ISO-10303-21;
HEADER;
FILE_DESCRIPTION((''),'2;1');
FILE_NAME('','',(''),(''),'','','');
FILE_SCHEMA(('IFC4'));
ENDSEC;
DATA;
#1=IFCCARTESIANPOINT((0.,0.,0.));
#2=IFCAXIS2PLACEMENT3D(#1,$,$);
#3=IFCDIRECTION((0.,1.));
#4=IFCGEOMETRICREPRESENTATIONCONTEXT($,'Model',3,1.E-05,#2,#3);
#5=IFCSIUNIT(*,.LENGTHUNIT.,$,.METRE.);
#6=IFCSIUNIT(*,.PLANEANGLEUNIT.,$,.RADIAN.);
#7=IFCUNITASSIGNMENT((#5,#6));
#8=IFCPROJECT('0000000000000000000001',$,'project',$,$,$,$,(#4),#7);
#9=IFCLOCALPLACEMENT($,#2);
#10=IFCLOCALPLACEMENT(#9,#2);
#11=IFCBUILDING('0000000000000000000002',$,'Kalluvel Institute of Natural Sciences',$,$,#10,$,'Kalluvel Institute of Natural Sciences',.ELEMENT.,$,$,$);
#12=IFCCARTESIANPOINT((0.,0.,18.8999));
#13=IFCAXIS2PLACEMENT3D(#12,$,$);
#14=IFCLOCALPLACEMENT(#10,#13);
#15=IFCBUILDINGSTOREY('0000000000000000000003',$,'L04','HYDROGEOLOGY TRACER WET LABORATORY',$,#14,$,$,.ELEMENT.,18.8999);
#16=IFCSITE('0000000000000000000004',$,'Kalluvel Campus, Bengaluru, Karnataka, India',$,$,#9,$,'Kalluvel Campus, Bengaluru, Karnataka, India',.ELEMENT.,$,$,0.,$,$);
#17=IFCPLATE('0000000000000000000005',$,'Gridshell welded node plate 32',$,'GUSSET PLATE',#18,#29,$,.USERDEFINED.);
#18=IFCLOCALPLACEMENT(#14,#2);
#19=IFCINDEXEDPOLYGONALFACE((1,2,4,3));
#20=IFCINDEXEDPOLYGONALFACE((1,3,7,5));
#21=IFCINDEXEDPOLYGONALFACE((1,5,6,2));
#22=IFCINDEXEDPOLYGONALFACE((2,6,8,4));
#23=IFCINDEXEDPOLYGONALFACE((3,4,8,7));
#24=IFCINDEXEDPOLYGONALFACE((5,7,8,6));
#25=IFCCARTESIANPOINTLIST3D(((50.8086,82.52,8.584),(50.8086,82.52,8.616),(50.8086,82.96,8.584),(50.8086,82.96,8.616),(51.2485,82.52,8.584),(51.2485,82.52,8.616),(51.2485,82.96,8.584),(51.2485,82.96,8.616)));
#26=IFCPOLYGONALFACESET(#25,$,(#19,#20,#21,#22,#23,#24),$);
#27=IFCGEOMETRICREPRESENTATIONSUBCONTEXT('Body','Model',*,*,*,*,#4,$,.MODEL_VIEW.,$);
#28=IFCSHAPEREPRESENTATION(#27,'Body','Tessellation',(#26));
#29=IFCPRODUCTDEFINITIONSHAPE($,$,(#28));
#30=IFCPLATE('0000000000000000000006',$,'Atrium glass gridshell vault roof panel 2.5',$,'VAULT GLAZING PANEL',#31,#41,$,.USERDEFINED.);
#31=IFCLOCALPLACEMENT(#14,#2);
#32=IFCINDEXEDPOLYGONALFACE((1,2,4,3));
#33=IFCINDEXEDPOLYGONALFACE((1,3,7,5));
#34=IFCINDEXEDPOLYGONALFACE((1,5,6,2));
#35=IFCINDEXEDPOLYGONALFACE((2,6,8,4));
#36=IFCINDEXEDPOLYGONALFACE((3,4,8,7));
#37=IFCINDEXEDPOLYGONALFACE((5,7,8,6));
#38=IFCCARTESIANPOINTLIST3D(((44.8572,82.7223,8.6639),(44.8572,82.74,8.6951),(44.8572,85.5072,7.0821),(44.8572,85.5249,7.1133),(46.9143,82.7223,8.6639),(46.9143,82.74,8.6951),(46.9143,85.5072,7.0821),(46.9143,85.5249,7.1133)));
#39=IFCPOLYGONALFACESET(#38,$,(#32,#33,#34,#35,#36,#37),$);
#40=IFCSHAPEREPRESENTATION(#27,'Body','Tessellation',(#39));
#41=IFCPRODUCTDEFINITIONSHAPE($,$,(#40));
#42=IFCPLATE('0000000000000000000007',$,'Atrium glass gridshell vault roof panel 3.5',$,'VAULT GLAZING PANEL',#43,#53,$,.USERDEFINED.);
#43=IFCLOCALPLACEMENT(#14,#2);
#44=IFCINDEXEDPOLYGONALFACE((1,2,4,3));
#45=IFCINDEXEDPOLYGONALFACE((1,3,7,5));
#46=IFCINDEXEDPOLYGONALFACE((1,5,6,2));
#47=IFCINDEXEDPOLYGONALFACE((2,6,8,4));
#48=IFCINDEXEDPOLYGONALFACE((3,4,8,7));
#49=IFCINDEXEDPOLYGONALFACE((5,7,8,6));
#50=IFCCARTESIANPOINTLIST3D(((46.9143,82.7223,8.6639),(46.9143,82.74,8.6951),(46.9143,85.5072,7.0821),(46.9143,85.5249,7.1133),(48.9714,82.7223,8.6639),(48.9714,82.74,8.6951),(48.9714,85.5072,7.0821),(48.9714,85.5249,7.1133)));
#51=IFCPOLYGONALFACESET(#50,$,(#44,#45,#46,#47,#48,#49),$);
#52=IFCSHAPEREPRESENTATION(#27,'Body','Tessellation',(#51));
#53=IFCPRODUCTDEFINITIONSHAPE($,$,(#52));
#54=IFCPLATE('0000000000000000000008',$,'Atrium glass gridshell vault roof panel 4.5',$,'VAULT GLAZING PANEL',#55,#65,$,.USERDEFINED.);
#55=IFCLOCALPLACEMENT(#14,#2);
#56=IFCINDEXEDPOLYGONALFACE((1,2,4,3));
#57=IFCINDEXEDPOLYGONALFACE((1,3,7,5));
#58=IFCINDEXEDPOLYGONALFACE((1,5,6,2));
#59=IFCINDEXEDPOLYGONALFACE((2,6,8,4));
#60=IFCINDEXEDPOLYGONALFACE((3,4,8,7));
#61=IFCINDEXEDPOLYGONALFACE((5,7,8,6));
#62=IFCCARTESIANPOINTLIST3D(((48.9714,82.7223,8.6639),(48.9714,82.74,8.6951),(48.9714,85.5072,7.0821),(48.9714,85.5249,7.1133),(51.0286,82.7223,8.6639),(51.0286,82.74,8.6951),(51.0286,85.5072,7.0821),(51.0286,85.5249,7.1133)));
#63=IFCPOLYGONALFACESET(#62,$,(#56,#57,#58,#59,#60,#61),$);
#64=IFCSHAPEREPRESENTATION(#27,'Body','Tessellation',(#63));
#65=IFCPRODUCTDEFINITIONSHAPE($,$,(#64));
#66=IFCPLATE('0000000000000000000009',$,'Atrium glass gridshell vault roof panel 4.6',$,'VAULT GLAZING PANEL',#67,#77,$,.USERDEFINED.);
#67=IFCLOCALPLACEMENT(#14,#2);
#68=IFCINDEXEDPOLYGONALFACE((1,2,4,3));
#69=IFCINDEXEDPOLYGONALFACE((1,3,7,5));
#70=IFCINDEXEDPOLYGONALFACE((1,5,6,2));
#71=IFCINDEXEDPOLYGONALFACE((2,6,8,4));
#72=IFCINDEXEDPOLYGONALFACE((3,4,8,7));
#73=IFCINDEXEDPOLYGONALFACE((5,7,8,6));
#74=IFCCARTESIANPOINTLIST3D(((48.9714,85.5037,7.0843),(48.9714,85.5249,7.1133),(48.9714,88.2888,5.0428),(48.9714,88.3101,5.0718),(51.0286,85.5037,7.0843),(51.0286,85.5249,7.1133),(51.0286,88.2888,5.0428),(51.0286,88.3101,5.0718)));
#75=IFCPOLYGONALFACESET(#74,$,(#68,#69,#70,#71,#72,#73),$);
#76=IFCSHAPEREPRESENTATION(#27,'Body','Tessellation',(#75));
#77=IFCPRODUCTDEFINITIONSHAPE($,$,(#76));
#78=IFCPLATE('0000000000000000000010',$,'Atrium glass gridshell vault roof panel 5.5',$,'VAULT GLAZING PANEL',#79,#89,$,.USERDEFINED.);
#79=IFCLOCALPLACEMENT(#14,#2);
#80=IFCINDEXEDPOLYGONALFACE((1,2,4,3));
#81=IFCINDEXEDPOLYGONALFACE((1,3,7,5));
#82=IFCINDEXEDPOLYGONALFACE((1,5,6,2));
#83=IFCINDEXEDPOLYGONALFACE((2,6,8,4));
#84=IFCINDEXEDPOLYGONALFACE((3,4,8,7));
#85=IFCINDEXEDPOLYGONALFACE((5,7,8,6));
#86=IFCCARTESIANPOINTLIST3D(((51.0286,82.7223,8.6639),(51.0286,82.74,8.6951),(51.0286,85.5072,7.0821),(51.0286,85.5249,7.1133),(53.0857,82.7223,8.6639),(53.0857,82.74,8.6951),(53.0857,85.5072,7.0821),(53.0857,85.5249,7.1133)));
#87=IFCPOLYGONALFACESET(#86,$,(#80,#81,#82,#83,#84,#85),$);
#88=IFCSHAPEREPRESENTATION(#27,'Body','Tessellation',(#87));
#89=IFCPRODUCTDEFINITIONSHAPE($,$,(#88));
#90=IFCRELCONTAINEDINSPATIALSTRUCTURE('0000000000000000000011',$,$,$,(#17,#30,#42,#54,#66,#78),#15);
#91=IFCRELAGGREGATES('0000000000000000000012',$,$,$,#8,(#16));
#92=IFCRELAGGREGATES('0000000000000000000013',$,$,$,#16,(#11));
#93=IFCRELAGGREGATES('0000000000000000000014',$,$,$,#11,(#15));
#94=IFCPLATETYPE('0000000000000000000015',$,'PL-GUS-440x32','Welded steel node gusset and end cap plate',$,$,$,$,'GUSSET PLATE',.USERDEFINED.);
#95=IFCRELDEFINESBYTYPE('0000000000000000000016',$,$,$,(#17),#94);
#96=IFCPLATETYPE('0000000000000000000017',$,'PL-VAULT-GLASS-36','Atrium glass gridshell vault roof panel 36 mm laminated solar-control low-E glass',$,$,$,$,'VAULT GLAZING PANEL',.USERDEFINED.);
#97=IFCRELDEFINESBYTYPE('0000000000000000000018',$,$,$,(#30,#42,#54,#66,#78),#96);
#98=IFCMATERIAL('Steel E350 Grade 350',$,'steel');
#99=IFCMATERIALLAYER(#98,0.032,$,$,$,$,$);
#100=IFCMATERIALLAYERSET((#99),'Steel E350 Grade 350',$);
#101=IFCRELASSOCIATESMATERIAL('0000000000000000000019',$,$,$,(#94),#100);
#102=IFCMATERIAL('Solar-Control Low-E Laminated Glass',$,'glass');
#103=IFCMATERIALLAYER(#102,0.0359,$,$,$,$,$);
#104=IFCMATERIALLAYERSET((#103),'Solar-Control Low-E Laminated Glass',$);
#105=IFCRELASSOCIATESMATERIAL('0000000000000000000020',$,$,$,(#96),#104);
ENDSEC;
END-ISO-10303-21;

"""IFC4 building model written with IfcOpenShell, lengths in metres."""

from ifc_helpers import new_model, si_unit, direction, frame, origin, origin_2d, place, context, subcontext, project, spatial, polyline, rectangle, outline, extrude, material, layer, layer_set, type_object, element, save


model = new_model("IFC4")

# Units and contexts
model_context = context("Model", 3, precision=1e-05, world=origin(), true_north=direction((0.0, 1.0)))
body_context = subcontext(model_context, "Body", "Model", "MODEL_VIEW")
ifc_project = project(units=[si_unit("LENGTHUNIT", "METRE"), si_unit("PLANEANGLEUNIT", "RADIAN")], contexts=[model_context])

# Site, building, storey
site_placement = place(None, origin())
site = spatial("IfcSite", under=ifc_project, at=site_placement, Name="Kalluvel Campus, Bengaluru, Karnataka, India", LongName="Kalluvel Campus, Bengaluru, Karnataka, India", CompositionType="ELEMENT", RefElevation=0.0)
building_placement = place(site_placement, origin())
building = spatial("IfcBuilding", under=site, at=building_placement, Name="Kalluvel Institute of Natural Sciences", LongName="Kalluvel Institute of Natural Sciences", CompositionType="ELEMENT")
storey_placement = place(building_placement, frame((0.0, 0.0, 18.8999)))
storey = spatial("IfcBuildingStorey", under=building, at=storey_placement, Name="L04", Description="HYDROGEOLOGY TRACER WET LABORATORY", CompositionType="ELEMENT", Elevation=18.8999)

# Shared definitions
ifc_material_1 = material(Name="Steel E350 Grade 350", Category="steel")

# Plates
ifc_layer_1 = layer(ifc_material_1, 0.032)
ifc_layer_set_1 = layer_set([ifc_layer_1], Name="Steel E350 Grade 350")
plate_type_1 = type_object("IfcPlateType", Name="PL-GUS-440x32", Description="Welded steel node gusset and end cap plate", ElementType="GUSSET PLATE", PredefinedType="USERDEFINED", material=ifc_layer_set_1)
for number, where, z_axis, x_axis, name in (
    (1, (51.0286, 82.74, 8.584), (0.0, 0.0, 1.0), (1.0, 0.0, 0.0), "Gridshell welded node plate 32"),
):
    element("IfcPlate", number, at=place(storey_placement, frame(where, z_axis=z_axis, x_axis=x_axis)), inside=storey, type_object=plate_type_1, Name=name, ObjectType="GUSSET PLATE", PredefinedType="USERDEFINED", context=body_context, shape_type="SweptSolid", body=[
        extrude(rectangle(XDim=0.4399, YDim=0.4399, at=origin_2d()), origin(), (0.0, 0.0, 1.0), 0.032),
    ])
ifc_material_2 = material(Name="Solar-Control Low-E Laminated Glass", Category="glass")
ifc_layer_2 = layer(ifc_material_2, 0.0359)
ifc_layer_set_2 = layer_set([ifc_layer_2], Name="Solar-Control Low-E Laminated Glass")
plate_type_2 = type_object("IfcPlateType", Name="PL-VAULT-GLASS-36", Description="Atrium glass gridshell vault roof panel 36 mm laminated solar-control low-E glass", ElementType="VAULT GLAZING PANEL", PredefinedType="USERDEFINED", material=ifc_layer_set_2)
for number, where, z_axis, x_axis, name in (
    (2, (44.8572, 82.74, 8.6951), (0.0, 0.49388, 0.86953), (1.0, 0.0, 0.0), "Atrium glass gridshell vault roof panel 2.5"),
    (3, (46.9143, 82.74, 8.6951), (0.0, 0.49388, 0.86953), (1.0, 0.0, 0.0), "Atrium glass gridshell vault roof panel 3.5"),
    (4, (48.9714, 82.74, 8.6951), (0.0, 0.49388, 0.86953), (1.0, 0.0, 0.0), "Atrium glass gridshell vault roof panel 4.5"),
):
    element("IfcPlate", number, at=place(storey_placement, frame(where, z_axis=z_axis, x_axis=x_axis)), inside=storey, type_object=plate_type_2, Name=name, ObjectType="VAULT GLAZING PANEL", PredefinedType="USERDEFINED", context=body_context, shape_type="SweptSolid", body=[
        extrude(outline(polyline([(0.0, 0.0), (2.0571, 0.0), (2.0571, 3.2028), (0.0, 3.2028), (0.0, 0.0)])), origin(), (0.0, 0.0, -1.0), 0.0359),
    ])
plate_1_placement = place(storey_placement, frame((48.9714, 85.5249, 7.1133), z_axis=(0.0, 0.591186, 0.806535), x_axis=(1.0, 0.0, 0.0)))
element("IfcPlate", 5, at=plate_1_placement, inside=storey, type_object=plate_type_2, Name="Atrium glass gridshell vault roof panel 4.6", ObjectType="VAULT GLAZING PANEL", PredefinedType="USERDEFINED", context=body_context, shape_type="SweptSolid", body=[
    extrude(outline(polyline([(0.0, 0.0), (2.0571, 0.0), (2.0571, 3.4532), (0.0, 3.4532), (0.0, 0.0)])), origin(), (0.0, 0.0, -1.0), 0.0359),
])
plate_2_placement = place(storey_placement, frame((51.0286, 82.74, 8.6951), z_axis=(0.0, 0.49388, 0.86953), x_axis=(1.0, 0.0, 0.0)))
element("IfcPlate", 6, at=plate_2_placement, inside=storey, type_object=plate_type_2, Name="Atrium glass gridshell vault roof panel 5.5", ObjectType="VAULT GLAZING PANEL", PredefinedType="USERDEFINED", context=body_context, shape_type="SweptSolid", body=[
    extrude(outline(polyline([(0.0, 0.0), (2.0571, 0.0), (2.0571, 3.2028), (0.0, 3.2028), (0.0, 0.0)])), origin(), (0.0, 0.0, -1.0), 0.0359),
])

save(model, "model.ifc")
